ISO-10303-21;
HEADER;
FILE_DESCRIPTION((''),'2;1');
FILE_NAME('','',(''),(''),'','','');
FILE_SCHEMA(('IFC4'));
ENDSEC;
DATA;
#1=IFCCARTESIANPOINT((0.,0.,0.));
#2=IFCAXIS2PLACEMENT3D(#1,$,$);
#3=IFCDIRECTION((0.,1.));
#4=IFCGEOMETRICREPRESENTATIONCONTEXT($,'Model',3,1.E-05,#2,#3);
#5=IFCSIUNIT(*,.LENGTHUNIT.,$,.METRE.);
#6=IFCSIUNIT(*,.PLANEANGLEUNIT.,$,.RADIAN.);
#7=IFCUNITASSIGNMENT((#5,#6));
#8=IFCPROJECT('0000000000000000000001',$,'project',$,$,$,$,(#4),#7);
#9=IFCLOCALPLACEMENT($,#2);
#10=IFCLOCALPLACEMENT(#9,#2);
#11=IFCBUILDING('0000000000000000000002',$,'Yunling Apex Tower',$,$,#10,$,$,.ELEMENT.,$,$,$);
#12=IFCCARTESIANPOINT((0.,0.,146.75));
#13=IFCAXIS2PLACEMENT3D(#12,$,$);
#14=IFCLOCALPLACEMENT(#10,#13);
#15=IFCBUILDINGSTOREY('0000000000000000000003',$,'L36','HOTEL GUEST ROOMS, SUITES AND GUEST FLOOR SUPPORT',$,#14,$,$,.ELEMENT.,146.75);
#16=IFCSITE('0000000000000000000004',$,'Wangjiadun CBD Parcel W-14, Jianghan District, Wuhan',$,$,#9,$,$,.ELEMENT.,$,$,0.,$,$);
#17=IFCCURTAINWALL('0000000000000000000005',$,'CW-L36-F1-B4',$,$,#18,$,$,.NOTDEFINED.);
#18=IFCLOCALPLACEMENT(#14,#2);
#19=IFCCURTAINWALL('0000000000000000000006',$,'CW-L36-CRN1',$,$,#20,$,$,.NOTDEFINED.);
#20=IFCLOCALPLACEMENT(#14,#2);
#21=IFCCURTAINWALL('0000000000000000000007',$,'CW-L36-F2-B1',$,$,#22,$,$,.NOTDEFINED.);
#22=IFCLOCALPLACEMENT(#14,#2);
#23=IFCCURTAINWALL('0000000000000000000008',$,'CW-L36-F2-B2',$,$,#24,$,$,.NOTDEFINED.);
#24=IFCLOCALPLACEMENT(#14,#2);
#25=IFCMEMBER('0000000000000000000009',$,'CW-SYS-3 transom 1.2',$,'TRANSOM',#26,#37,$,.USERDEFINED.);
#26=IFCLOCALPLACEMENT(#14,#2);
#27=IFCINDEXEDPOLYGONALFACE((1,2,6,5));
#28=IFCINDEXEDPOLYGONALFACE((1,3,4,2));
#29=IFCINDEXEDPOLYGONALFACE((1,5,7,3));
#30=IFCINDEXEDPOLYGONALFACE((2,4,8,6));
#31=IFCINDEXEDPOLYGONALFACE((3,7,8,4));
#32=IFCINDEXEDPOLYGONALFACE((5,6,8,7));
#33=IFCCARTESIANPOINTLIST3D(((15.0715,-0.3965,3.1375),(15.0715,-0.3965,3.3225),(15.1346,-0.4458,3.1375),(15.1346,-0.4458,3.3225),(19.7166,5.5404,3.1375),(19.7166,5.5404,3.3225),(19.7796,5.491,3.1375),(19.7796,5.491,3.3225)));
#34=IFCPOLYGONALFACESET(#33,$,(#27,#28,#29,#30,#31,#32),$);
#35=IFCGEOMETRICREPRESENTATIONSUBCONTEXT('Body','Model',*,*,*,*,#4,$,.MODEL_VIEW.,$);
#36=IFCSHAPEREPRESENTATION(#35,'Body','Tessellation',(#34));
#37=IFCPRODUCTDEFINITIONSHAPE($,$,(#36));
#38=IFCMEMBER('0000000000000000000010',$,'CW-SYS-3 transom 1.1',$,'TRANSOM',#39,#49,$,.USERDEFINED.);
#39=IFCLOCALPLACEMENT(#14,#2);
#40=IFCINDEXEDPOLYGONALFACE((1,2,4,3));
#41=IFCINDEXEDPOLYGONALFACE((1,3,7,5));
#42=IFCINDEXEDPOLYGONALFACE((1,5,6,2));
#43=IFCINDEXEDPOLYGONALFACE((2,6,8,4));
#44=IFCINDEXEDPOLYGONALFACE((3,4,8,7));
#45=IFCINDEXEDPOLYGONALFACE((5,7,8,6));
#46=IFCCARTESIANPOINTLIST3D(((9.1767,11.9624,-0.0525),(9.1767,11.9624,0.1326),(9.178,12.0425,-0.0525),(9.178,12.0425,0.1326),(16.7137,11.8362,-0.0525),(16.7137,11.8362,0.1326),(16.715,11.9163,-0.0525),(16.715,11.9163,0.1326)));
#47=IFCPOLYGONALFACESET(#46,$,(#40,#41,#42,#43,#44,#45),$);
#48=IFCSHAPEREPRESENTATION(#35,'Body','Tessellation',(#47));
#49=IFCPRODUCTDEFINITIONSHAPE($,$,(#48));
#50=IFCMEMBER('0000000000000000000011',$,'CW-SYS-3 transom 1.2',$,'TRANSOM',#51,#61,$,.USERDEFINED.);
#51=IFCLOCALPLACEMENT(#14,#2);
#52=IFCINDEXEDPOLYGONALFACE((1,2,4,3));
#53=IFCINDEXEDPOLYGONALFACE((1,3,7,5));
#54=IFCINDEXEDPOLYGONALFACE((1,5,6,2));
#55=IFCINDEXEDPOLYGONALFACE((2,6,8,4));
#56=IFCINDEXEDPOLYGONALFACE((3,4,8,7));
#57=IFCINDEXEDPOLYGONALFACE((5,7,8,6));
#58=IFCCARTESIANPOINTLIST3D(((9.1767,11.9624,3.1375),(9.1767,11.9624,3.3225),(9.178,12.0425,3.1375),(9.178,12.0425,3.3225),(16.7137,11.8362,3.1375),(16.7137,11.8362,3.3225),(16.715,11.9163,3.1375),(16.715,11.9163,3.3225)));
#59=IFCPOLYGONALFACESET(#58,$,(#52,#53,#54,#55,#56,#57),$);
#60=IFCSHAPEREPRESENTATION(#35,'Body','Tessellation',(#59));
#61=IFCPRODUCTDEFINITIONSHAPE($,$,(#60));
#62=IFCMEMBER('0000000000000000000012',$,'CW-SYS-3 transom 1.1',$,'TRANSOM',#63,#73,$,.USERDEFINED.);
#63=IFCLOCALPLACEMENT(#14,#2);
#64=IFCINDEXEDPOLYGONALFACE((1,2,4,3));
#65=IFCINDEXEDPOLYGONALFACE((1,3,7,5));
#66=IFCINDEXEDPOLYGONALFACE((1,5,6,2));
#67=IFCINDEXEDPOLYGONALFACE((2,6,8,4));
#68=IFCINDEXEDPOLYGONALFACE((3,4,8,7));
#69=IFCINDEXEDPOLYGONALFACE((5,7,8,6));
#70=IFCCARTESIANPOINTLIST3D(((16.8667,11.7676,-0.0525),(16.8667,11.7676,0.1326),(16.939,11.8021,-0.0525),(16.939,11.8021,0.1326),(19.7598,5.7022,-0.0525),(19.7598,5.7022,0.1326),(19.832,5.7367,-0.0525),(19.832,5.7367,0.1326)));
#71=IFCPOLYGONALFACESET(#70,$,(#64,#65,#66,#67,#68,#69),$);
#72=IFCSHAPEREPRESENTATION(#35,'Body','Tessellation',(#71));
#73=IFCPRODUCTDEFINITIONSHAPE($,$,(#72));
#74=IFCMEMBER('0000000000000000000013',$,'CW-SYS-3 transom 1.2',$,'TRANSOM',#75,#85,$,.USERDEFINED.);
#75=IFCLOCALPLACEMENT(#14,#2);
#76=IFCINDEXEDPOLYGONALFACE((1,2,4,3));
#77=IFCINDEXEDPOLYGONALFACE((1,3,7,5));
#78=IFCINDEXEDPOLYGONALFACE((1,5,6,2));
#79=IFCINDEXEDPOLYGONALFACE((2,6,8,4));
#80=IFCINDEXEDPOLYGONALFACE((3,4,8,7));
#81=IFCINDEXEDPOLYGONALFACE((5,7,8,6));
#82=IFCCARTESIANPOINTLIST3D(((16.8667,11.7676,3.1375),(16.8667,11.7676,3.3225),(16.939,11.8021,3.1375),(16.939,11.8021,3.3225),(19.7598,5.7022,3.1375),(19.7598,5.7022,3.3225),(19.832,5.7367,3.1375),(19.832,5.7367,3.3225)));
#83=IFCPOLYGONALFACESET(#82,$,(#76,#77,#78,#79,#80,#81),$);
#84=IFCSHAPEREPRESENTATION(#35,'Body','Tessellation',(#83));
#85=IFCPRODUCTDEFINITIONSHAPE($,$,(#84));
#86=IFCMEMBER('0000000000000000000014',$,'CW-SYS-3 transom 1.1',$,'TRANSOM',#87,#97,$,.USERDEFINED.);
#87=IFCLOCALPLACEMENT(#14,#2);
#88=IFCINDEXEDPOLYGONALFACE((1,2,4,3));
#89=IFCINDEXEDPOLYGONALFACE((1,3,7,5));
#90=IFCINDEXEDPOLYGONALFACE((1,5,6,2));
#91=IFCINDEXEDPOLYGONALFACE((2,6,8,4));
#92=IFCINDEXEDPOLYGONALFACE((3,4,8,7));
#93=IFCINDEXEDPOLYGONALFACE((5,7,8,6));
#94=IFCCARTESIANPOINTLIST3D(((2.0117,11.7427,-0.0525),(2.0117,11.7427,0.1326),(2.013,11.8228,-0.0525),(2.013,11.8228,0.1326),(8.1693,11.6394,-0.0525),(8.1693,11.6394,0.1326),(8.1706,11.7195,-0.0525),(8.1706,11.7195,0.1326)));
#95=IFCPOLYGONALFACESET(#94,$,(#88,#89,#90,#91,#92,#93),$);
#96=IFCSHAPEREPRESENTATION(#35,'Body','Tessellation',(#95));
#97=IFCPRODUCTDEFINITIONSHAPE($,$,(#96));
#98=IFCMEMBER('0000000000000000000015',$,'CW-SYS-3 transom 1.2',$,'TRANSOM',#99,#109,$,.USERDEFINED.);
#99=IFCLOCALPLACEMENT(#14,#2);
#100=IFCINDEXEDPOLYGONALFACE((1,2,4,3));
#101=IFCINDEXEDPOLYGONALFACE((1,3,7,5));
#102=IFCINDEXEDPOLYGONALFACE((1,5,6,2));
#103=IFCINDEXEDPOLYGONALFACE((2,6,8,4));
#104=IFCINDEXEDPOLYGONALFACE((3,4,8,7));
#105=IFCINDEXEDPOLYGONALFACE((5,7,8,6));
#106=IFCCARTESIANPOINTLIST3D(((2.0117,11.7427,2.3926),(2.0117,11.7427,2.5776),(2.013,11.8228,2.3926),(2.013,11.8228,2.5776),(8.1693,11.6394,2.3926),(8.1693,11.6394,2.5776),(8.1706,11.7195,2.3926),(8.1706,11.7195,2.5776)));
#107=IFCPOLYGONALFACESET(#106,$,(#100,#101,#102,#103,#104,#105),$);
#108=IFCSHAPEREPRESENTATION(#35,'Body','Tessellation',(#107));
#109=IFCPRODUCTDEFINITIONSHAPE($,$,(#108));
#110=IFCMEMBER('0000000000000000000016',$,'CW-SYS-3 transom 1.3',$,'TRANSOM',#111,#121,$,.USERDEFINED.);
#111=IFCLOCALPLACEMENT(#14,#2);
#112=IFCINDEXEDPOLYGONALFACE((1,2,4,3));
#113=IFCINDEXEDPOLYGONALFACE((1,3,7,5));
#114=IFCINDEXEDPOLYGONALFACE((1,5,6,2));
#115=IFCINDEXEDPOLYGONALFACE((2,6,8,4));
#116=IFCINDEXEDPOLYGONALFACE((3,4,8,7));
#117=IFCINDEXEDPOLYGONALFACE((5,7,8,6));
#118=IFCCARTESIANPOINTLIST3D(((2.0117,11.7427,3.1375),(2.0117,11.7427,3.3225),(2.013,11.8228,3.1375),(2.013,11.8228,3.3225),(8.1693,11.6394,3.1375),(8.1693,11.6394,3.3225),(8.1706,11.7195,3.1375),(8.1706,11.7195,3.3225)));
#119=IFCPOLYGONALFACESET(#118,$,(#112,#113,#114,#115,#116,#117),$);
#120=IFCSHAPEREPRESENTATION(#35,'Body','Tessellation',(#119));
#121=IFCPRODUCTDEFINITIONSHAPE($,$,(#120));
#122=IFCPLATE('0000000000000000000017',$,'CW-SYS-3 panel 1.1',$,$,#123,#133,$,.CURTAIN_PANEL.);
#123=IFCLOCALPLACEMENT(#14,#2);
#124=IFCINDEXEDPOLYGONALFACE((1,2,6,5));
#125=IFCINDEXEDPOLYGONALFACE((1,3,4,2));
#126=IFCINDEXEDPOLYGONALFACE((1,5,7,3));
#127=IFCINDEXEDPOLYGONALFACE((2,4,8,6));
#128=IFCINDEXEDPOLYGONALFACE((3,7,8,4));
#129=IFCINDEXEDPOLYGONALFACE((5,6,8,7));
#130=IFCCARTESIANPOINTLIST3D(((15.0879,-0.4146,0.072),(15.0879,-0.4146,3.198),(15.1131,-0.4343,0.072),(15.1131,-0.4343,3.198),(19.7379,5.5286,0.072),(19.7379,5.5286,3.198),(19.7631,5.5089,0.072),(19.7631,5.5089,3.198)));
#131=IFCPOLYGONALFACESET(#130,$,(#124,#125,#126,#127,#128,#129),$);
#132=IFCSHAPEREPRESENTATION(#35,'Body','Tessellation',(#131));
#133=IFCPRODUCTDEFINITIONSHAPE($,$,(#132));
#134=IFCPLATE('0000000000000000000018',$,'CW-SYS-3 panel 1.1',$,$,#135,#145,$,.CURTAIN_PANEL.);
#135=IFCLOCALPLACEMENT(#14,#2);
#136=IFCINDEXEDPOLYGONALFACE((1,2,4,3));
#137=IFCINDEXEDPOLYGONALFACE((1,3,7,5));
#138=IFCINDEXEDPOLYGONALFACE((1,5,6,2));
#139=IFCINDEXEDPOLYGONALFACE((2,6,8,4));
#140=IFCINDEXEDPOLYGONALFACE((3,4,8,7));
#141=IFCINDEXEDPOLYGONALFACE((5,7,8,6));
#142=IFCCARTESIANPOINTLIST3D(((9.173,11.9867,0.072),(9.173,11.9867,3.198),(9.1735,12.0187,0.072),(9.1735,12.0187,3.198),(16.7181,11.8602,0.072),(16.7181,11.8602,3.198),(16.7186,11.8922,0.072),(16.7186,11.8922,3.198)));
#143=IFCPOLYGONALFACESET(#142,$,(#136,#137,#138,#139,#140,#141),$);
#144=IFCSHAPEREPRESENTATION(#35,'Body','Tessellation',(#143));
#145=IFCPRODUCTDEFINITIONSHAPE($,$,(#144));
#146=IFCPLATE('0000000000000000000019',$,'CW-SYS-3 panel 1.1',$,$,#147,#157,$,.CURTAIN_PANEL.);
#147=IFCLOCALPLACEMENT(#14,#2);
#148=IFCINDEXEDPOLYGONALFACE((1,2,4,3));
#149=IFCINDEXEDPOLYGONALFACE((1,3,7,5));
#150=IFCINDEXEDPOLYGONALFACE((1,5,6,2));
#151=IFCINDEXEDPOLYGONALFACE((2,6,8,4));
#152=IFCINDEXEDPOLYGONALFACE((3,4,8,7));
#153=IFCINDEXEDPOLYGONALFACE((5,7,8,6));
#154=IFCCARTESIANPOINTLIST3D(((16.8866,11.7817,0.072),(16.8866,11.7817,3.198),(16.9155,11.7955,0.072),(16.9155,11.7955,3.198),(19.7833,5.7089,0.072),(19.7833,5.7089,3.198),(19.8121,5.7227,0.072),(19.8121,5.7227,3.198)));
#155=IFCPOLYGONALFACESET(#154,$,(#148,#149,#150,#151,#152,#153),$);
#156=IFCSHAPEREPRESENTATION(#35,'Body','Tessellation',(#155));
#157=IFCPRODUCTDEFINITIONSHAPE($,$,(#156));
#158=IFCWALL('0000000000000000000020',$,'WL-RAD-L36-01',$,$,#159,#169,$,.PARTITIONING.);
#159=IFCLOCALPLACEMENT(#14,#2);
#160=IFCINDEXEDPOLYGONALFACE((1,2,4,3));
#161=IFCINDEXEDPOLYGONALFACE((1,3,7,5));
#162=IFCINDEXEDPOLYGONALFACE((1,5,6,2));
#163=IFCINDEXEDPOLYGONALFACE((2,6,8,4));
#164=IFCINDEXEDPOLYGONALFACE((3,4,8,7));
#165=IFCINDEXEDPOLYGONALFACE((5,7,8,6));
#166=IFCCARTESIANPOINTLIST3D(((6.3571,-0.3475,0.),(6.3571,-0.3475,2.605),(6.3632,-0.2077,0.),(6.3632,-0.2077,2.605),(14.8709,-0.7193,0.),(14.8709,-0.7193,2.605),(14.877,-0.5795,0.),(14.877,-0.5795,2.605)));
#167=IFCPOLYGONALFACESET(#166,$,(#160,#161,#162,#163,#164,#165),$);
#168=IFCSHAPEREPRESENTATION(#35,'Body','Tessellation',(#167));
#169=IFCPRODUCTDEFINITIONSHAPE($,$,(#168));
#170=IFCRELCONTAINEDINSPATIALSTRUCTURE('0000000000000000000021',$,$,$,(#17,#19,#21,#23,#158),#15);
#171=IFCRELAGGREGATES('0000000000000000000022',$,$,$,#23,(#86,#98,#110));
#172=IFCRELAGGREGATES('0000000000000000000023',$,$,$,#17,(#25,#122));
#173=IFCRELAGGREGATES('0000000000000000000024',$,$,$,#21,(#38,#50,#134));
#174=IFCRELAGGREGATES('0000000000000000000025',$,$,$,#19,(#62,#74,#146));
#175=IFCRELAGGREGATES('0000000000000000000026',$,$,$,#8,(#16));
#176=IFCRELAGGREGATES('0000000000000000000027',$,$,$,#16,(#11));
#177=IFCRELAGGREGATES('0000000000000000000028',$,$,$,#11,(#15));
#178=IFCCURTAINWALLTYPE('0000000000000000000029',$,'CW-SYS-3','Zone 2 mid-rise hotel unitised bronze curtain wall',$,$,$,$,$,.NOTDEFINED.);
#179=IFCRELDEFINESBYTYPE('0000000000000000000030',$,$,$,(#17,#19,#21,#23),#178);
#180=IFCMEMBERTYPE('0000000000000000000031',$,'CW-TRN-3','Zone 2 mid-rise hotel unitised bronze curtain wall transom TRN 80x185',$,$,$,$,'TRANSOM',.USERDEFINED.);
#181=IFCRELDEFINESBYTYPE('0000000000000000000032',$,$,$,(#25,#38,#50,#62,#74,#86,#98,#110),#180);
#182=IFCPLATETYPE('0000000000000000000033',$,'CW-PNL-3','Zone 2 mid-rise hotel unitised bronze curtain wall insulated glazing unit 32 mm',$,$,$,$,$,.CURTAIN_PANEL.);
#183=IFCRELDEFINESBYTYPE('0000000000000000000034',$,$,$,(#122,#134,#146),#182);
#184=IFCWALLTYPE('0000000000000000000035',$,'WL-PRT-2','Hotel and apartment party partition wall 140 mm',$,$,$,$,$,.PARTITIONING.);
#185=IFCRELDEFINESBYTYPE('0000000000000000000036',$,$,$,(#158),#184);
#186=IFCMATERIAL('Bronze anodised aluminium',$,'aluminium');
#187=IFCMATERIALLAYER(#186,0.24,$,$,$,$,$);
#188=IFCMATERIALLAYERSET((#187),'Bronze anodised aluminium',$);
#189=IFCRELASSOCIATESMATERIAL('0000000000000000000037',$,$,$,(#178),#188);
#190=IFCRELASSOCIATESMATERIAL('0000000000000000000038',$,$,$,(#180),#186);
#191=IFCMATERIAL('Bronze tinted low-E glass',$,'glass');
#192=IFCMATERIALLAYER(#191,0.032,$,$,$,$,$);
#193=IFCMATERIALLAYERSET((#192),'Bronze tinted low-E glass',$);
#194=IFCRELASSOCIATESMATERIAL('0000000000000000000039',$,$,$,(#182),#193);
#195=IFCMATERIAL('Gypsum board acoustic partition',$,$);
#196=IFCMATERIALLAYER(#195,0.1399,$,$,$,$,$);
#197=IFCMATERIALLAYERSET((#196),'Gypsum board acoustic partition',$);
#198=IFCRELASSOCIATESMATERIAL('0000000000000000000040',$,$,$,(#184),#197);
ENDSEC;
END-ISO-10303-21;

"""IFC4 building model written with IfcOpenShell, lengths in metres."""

from ifc_helpers import new_model, si_unit, direction, frame, frame_2d, origin, origin_2d, place, context, subcontext, project, spatial, rectangle, extrude, source, transform, mapped, material, layer, layer_set, material_profile, profile_set, type_object, element, aggregate, save


model = new_model("IFC4")

# Units and contexts
model_context = context("Model", 3, precision=1e-05, world=origin(), true_north=direction((0.0, 1.0)))
body_context = subcontext(model_context, "Body", "Model", "MODEL_VIEW")
ifc_project = project(units=[si_unit("LENGTHUNIT", "METRE"), si_unit("PLANEANGLEUNIT", "RADIAN")], contexts=[model_context])

# Site, building, storey
site_placement = place(None, origin())
site = spatial("IfcSite", under=ifc_project, at=site_placement, Name="Wangjiadun CBD Parcel W-14, Jianghan District, Wuhan", CompositionType="ELEMENT", RefElevation=0.0)
building_placement = place(site_placement, origin())
building = spatial("IfcBuilding", under=site, at=building_placement, Name="Yunling Apex Tower", CompositionType="ELEMENT")
storey_placement = place(building_placement, frame((0.0, 0.0, 146.75)))
storey = spatial("IfcBuildingStorey", under=building, at=storey_placement, Name="L36", Description="HOTEL GUEST ROOMS, SUITES AND GUEST FLOOR SUPPORT", CompositionType="ELEMENT", Elevation=146.75)

# Curtain wall
ifc_material_1 = material(Name="Bronze anodised aluminium", Category="aluminium")
ifc_layer_1 = layer(ifc_material_1, 0.24)
ifc_layer_set_1 = layer_set([ifc_layer_1], Name="Bronze anodised aluminium")
curtain_wall_type = type_object("IfcCurtainWallType", Name="CW-SYS-3", Description="Zone 2 mid-rise hotel unitised bronze curtain wall", PredefinedType="NOTDEFINED", material=ifc_layer_set_1)
curtain_wall_1_placement = place(storey_placement, origin())
curtain_wall_1 = element("IfcCurtainWall", 1, at=curtain_wall_1_placement, inside=storey, type_object=curtain_wall_type, Name="CW-L36-F1-B4", PredefinedType="NOTDEFINED")

# Curtain walls
curtain_wall_2_placement = place(storey_placement, origin())
curtain_wall_2 = element("IfcCurtainWall", 2, at=curtain_wall_2_placement, inside=storey, type_object=curtain_wall_type, Name="CW-L36-CRN1", PredefinedType="NOTDEFINED")
curtain_wall_3_placement = place(storey_placement, origin())
curtain_wall_3 = element("IfcCurtainWall", 3, at=curtain_wall_3_placement, inside=storey, type_object=curtain_wall_type, Name="CW-L36-F2-B1", PredefinedType="NOTDEFINED")

# Curtain wall
curtain_wall_4_placement = place(storey_placement, origin())
curtain_wall_4 = element("IfcCurtainWall", 4, at=curtain_wall_4_placement, inside=storey, type_object=curtain_wall_type, Name="CW-L36-F2-B2", PredefinedType="NOTDEFINED")

# Members
ifc_material_profile_1 = material_profile(ifc_material_1, rectangle(XDim=0.0801, YDim=0.1851, at=origin_2d()))
ifc_profile_set_1 = profile_set([ifc_material_profile_1], Name="Bronze anodised aluminium")
member_type_1 = type_object("IfcMemberType", Name="CW-TRN-3", Description="Zone 2 mid-rise hotel unitised bronze curtain wall transom TRN 80x185", ElementType="TRANSOM", PredefinedType="USERDEFINED", material=ifc_profile_set_1)
shared_shape_1 = source(origin(), body_context, "Body", "SweptSolid", [
    extrude(rectangle(XDim=0.0801, YDim=0.1851, at=origin_2d()), origin(), (0.0, 0.0, 1.0), 7.5381),
])
member_1_placement = place(storey_placement, frame((15.103, -0.4211, 3.23), z_axis=(0.616214, 0.787579, 0.0), x_axis=(-0.787579, 0.616214, 0.0)))
member_1 = element("IfcMember", 5, at=member_1_placement, type_object=member_type_1, Name="CW-SYS-3 transom 1.2", ObjectType="TRANSOM", PredefinedType="USERDEFINED", context=body_context, shape_type="MappedRepresentation", body=[
    mapped(shared_shape_1, transform((0.0, 0.0, 0.0), scale=1.0)),
])
member_2_placement = place(storey_placement, frame((16.7144, 11.8762, 0.04), z_axis=(-0.99986, 0.016744, 0.0), x_axis=(-0.016744, -0.99986, 0.0)))
member_2 = element("IfcMember", 6, at=member_2_placement, type_object=member_type_1, Name="CW-SYS-3 transom 1.1", ObjectType="TRANSOM", PredefinedType="USERDEFINED", context=body_context, shape_type="MappedRepresentation", body=[
    mapped(shared_shape_1, transform((0.0, 0.0, 0.0), scale=1.0)),
])
member_3_placement = place(storey_placement, frame((16.7144, 11.8762, 3.23), z_axis=(-0.99986, 0.016744, 0.0), x_axis=(-0.016744, -0.99986, 0.0)))
member_3 = element("IfcMember", 7, at=member_3_placement, type_object=member_type_1, Name="CW-SYS-3 transom 1.2", ObjectType="TRANSOM", PredefinedType="USERDEFINED", context=body_context, shape_type="MappedRepresentation", body=[
    mapped(shared_shape_1, transform((0.0, 0.0, 0.0), scale=1.0)),
])
shared_shape_2 = source(origin(), body_context, "Body", "SweptSolid", [
    extrude(rectangle(XDim=0.0801, YDim=0.1851, at=origin_2d()), origin(), (0.0, 0.0, 1.0), 6.72),
])
member_4_placement = place(storey_placement, frame((19.7959, 5.7195, 0.04), z_axis=(-0.430512, 0.902585, 0.0), x_axis=(-0.902585, -0.430512, 0.0)))
member_4 = element("IfcMember", 8, at=member_4_placement, type_object=member_type_1, Name="CW-SYS-3 transom 1.1", ObjectType="TRANSOM", PredefinedType="USERDEFINED", context=body_context, shape_type="MappedRepresentation", body=[
    mapped(shared_shape_2, transform((0.0, 0.0, 0.0), scale=1.0)),
])
member_5_placement = place(storey_placement, frame((19.7959, 5.7195, 3.23), z_axis=(-0.430512, 0.902585, 0.0), x_axis=(-0.902585, -0.430512, 0.0)))
member_5 = element("IfcMember", 9, at=member_5_placement, type_object=member_type_1, Name="CW-SYS-3 transom 1.2", ObjectType="TRANSOM", PredefinedType="USERDEFINED", context=body_context, shape_type="MappedRepresentation", body=[
    mapped(shared_shape_2, transform((0.0, 0.0, 0.0), scale=1.0)),
])
shared_shape_3 = source(origin(), body_context, "Body", "SweptSolid", [
    extrude(rectangle(XDim=0.0801, YDim=0.1851, at=origin_2d()), origin(), (0.0, 0.0, 1.0), 6.1584),
])
member_6_placement = place(storey_placement, frame((8.1699, 11.6794, 0.04), z_axis=(-0.999859, 0.016769, 0.0), x_axis=(-0.016769, -0.999859, 0.0)))
member_6 = element("IfcMember", 10, at=member_6_placement, type_object=member_type_1, Name="CW-SYS-3 transom 1.1", ObjectType="TRANSOM", PredefinedType="USERDEFINED", context=body_context, shape_type="MappedRepresentation", body=[
    mapped(shared_shape_3, transform((0.0, 0.0, 0.0), scale=1.0)),
])
member_7_placement = place(storey_placement, frame((8.1699, 11.6794, 2.4851), z_axis=(-0.999859, 0.016769, 0.0), x_axis=(-0.016769, -0.999859, 0.0)))
member_7 = element("IfcMember", 11, at=member_7_placement, type_object=member_type_1, Name="CW-SYS-3 transom 1.2", ObjectType="TRANSOM", PredefinedType="USERDEFINED", context=body_context, shape_type="MappedRepresentation", body=[
    mapped(shared_shape_3, transform((0.0, 0.0, 0.0), scale=1.0)),
])
member_8_placement = place(storey_placement, frame((8.1699, 11.6794, 3.23), z_axis=(-0.999859, 0.016769, 0.0), x_axis=(-0.016769, -0.999859, 0.0)))
member_8 = element("IfcMember", 12, at=member_8_placement, type_object=member_type_1, Name="CW-SYS-3 transom 1.3", ObjectType="TRANSOM", PredefinedType="USERDEFINED", context=body_context, shape_type="MappedRepresentation", body=[
    mapped(shared_shape_3, transform((0.0, 0.0, 0.0), scale=1.0)),
])
aggregate(curtain_wall_4, [member_6, member_7, member_8])

# Plates
ifc_material_2 = material(Name="Bronze tinted low-E glass", Category="glass")
ifc_layer_2 = layer(ifc_material_2, 0.032)
ifc_layer_set_2 = layer_set([ifc_layer_2], Name="Bronze tinted low-E glass")
plate_type = type_object("IfcPlateType", Name="CW-PNL-3", Description="Zone 2 mid-rise hotel unitised bronze curtain wall insulated glazing unit 32 mm", PredefinedType="CURTAIN_PANEL", material=ifc_layer_set_2)
shared_shape_4 = source(origin(), body_context, "Body", "SweptSolid", [
    extrude(rectangle(XDim=7.5461, YDim=0.032, at=origin_2d()), origin(), (0.0, 0.0, 1.0), 3.126),
])
plate_1_placement = place(storey_placement, frame((17.4255, 2.5471, 0.072), z_axis=(0.0, 0.0, 1.0), x_axis=(0.616208, 0.787584, 0.0)))
plate_1 = element("IfcPlate", 13, at=plate_1_placement, type_object=plate_type, Name="CW-SYS-3 panel 1.1", PredefinedType="CURTAIN_PANEL", context=body_context, shape_type="MappedRepresentation", body=[
    mapped(shared_shape_4, transform((0.0, 0.0, 0.0), scale=1.0)),
])
aggregate(curtain_wall_1, [member_1, plate_1])
plate_2_placement = place(storey_placement, frame((12.9458, 11.9395, 0.072), z_axis=(0.0, 0.0, 1.0), x_axis=(-0.99986, 0.016762, 0.0)))
plate_2 = element("IfcPlate", 14, at=plate_2_placement, type_object=plate_type, Name="CW-SYS-3 panel 1.1", PredefinedType="CURTAIN_PANEL", context=body_context, shape_type="MappedRepresentation", body=[
    mapped(shared_shape_4, transform((0.0, 0.0, 0.0), scale=1.0)),
])
aggregate(curtain_wall_3, [member_2, member_3, plate_2])
shared_shape_5 = source(origin(), body_context, "Body", "SweptSolid", [
    extrude(rectangle(XDim=6.7283, YDim=0.032, at=origin_2d()), origin(), (0.0, 0.0, 1.0), 3.126),
])
plate_3_placement = place(storey_placement, frame((18.3494, 8.7522, 0.072), z_axis=(0.0, 0.0, 1.0), x_axis=(-0.430519, 0.902582, 0.0)))
plate_3 = element("IfcPlate", 15, at=plate_3_placement, type_object=plate_type, Name="CW-SYS-3 panel 1.1", PredefinedType="CURTAIN_PANEL", context=body_context, shape_type="MappedRepresentation", body=[
    mapped(shared_shape_5, transform((0.0, 0.0, 0.0), scale=1.0)),
])
aggregate(curtain_wall_2, [member_4, member_5, plate_3])

# Wall
ifc_material_3 = material(Name="Gypsum board acoustic partition")
ifc_layer_3 = layer(ifc_material_3, 0.1399)
ifc_layer_set_3 = layer_set([ifc_layer_3], Name="Gypsum board acoustic partition")
wall_type = type_object("IfcWallType", Name="WL-PRT-2", Description="Hotel and apartment party partition wall 140 mm", PredefinedType="PARTITIONING", material=ifc_layer_set_3)
wall_placement = place(storey_placement, frame((6.3601, -0.2776, 0.0), z_axis=(0.0, 0.0, 1.0), x_axis=(0.999048, -0.043631, 0.0)))
element("IfcWall", 16, at=wall_placement, inside=storey, type_object=wall_type, Name="WL-RAD-L36-01", PredefinedType="PARTITIONING", context=body_context, shape_type="SweptSolid", body=[
    extrude(rectangle(XDim=8.522, YDim=0.1399, at=frame_2d((4.261, 0.0))), origin(), (0.0, 0.0, 1.0), 2.605),
])

save(model, "model.ifc")
